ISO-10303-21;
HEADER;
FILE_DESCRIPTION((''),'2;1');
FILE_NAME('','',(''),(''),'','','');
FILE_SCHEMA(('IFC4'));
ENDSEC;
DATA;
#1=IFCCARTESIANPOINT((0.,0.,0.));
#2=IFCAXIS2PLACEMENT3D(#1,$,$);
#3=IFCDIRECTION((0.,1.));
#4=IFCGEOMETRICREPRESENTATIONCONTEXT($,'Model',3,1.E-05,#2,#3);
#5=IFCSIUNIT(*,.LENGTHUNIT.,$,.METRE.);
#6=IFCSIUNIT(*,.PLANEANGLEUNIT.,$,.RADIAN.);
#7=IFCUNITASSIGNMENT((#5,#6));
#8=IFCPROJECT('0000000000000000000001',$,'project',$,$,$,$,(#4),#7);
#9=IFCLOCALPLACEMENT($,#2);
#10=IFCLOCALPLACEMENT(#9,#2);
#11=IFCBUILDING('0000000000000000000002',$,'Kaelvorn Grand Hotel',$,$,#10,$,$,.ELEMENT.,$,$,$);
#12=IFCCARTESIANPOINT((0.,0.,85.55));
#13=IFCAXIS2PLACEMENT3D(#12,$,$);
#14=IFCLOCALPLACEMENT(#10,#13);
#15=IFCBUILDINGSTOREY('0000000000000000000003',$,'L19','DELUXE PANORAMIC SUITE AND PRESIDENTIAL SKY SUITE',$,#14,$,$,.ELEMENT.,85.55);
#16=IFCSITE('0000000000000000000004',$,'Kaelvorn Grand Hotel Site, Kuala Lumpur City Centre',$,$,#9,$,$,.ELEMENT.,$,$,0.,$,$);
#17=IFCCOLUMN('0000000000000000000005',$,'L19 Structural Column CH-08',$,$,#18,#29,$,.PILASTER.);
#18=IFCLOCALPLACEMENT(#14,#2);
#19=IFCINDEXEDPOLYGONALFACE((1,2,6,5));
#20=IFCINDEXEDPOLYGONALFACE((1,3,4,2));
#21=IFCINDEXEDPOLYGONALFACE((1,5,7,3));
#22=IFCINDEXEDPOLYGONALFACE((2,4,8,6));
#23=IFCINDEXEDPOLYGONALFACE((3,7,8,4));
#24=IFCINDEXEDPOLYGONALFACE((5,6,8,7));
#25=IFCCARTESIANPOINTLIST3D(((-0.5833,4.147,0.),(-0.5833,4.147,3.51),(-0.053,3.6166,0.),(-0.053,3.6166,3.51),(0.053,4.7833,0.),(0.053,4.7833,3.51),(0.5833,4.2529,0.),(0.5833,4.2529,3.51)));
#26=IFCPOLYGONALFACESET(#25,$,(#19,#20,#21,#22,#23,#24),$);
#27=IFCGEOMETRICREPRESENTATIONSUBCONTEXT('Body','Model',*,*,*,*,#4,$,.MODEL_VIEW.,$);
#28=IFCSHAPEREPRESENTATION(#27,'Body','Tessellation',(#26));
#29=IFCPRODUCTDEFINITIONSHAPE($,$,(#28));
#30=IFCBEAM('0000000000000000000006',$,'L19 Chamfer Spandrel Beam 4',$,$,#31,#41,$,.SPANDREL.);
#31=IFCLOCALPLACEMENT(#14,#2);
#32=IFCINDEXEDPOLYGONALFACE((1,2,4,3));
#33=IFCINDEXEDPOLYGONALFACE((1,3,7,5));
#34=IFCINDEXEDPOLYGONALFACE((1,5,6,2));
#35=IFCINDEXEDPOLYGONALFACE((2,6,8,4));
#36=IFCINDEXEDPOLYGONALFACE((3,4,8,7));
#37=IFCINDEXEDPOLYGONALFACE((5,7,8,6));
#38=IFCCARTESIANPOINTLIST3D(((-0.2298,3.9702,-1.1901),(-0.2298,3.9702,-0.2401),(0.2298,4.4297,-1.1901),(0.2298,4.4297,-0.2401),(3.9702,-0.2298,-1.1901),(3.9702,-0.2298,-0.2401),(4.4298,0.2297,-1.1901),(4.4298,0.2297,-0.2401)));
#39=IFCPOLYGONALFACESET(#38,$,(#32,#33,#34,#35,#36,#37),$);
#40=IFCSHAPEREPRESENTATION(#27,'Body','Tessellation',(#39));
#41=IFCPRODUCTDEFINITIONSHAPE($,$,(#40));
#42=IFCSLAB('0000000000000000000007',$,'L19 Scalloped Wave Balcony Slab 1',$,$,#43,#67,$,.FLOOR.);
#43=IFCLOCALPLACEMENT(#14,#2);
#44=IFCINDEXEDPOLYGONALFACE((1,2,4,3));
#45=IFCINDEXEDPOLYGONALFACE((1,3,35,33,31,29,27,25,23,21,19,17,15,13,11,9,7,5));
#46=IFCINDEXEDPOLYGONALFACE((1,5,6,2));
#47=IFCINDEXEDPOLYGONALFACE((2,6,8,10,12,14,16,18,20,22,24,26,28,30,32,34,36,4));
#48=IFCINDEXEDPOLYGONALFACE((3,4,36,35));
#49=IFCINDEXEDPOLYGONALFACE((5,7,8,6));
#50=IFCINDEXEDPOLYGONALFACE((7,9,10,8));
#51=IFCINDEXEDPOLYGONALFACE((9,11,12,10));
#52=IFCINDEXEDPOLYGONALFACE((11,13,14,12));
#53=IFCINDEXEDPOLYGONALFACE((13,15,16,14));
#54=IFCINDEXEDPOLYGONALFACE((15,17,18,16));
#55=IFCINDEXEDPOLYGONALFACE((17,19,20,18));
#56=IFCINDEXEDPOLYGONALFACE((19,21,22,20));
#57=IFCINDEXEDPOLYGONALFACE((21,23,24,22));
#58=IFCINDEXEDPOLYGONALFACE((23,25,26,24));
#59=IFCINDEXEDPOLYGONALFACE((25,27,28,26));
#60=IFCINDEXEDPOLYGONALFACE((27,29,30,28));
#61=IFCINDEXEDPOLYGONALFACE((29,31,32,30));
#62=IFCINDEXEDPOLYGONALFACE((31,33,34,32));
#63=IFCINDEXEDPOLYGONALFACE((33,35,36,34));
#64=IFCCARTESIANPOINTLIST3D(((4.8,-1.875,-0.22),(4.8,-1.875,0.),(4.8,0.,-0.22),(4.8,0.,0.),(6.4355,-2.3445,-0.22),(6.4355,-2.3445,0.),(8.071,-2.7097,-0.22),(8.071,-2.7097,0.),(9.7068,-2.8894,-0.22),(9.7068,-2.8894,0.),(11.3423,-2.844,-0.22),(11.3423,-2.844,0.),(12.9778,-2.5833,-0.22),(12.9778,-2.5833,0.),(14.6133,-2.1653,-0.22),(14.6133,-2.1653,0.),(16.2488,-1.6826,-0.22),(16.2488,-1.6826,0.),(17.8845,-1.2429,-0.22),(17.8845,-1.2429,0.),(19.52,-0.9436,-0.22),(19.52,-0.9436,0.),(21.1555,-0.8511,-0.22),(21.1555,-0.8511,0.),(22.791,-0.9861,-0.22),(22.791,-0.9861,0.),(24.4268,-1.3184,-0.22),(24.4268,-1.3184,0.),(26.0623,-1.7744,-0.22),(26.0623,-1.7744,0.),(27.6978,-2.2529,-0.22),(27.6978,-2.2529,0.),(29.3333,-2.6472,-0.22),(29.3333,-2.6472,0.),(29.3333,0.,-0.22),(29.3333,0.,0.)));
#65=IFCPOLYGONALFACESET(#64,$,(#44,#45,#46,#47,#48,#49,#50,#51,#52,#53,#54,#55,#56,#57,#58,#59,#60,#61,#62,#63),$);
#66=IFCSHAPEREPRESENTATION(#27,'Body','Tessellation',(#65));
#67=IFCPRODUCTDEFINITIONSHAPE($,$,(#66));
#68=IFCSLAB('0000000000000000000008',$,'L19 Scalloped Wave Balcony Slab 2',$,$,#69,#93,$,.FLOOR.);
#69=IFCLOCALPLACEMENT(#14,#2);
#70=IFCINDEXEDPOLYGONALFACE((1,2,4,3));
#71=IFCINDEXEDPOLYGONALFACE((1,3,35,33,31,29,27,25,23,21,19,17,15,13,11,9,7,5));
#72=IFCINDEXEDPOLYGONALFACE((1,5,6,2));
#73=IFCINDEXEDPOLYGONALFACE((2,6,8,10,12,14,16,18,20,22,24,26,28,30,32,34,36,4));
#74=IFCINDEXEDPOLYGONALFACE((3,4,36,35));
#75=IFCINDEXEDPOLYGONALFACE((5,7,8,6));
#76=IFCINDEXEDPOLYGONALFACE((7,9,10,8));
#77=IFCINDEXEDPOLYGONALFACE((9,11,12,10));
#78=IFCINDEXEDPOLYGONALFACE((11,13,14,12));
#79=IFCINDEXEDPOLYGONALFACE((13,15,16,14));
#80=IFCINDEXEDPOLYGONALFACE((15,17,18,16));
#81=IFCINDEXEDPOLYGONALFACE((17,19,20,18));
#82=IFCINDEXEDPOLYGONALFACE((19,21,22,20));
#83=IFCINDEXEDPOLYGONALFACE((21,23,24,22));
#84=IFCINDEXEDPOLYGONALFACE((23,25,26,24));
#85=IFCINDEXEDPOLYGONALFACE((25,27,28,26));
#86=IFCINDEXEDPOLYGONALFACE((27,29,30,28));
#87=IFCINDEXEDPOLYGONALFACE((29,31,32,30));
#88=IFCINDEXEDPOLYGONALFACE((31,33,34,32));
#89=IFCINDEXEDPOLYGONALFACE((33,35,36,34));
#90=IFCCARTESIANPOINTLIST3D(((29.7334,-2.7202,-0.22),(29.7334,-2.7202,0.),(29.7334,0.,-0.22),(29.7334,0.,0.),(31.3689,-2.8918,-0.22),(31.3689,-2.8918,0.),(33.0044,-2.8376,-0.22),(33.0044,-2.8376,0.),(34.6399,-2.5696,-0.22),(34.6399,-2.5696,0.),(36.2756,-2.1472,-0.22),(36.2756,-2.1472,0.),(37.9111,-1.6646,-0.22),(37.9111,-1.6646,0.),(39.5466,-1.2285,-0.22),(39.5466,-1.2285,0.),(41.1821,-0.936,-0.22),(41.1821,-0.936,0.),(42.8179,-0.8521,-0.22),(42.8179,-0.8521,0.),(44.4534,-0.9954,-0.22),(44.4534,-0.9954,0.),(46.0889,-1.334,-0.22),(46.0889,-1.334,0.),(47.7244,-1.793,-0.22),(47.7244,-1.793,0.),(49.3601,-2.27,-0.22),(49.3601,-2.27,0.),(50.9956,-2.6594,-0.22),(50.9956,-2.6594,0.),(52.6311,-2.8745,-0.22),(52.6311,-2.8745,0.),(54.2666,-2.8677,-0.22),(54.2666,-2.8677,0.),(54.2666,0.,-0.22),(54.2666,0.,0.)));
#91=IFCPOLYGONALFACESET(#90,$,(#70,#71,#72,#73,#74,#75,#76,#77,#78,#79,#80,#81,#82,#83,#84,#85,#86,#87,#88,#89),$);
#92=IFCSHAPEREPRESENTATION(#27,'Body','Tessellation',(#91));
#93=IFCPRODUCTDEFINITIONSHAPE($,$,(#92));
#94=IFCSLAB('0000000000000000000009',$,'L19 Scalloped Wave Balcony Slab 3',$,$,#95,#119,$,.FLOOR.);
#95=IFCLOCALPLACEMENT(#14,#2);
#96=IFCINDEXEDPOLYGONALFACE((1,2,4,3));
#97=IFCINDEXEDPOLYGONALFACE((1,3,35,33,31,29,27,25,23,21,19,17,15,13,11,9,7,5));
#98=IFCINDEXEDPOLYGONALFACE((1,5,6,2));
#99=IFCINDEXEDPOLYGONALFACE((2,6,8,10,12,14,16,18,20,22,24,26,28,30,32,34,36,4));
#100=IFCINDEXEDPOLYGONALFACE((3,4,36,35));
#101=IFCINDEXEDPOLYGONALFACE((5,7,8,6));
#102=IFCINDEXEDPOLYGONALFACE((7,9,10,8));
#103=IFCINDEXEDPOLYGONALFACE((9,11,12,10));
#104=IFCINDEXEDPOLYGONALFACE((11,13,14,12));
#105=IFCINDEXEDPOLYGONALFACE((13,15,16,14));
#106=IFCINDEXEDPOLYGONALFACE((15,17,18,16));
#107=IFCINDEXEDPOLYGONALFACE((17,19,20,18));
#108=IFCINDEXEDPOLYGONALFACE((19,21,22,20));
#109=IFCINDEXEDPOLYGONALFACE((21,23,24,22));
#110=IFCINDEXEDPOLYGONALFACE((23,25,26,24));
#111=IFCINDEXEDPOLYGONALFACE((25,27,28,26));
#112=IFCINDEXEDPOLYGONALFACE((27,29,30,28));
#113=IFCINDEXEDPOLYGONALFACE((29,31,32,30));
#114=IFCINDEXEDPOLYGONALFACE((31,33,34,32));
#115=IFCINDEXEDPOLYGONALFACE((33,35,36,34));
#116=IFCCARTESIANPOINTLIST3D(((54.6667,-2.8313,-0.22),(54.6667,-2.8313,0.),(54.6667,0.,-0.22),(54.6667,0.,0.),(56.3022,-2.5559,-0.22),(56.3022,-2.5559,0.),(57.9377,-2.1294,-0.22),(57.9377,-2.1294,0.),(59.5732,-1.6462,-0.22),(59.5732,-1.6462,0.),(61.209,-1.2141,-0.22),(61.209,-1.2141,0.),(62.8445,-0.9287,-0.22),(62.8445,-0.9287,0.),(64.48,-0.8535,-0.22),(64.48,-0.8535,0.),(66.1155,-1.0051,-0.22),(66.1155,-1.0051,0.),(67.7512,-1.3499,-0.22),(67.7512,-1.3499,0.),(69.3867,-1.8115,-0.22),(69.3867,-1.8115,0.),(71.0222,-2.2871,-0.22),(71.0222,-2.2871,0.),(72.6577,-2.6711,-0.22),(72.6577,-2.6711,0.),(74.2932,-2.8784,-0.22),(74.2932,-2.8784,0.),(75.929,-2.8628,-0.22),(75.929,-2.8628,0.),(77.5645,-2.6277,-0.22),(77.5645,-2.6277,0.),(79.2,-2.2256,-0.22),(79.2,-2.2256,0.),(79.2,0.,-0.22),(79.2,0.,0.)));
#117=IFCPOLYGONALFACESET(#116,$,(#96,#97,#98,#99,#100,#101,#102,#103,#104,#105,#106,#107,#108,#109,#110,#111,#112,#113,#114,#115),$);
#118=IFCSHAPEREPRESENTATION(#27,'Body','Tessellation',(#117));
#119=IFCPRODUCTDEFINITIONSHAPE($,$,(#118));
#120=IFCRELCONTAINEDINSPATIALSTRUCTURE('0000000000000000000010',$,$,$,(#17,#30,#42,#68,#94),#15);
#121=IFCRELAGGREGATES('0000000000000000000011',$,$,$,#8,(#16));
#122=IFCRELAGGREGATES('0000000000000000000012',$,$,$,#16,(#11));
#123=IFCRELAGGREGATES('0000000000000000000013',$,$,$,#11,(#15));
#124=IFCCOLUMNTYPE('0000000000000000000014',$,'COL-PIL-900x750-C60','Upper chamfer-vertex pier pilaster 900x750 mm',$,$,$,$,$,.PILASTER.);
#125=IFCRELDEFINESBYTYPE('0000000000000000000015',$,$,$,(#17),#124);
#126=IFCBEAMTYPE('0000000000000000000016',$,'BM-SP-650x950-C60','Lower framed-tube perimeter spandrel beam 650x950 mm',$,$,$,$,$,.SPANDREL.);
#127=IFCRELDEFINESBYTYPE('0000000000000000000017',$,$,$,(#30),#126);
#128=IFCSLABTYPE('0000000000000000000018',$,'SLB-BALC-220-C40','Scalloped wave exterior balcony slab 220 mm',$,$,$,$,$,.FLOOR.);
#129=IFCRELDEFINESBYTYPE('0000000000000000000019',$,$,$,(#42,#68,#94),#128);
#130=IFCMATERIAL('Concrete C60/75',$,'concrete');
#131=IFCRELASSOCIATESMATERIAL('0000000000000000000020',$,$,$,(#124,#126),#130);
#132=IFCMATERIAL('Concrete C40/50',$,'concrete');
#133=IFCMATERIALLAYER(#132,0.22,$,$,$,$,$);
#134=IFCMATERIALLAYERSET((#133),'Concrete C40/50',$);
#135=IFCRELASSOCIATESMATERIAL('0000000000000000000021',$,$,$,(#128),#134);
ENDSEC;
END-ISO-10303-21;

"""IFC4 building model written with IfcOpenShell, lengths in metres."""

from ifc_helpers import new_model, si_unit, direction, frame, origin, origin_2d, place, context, subcontext, project, spatial, polyline, rectangle, outline, extrude, material, layer, layer_set, material_profile, profile_set, type_object, element, save


model = new_model("IFC4")

# Units and contexts
model_context = context("Model", 3, precision=1e-05, world=origin(), true_north=direction((0.0, 1.0)))
body_context = subcontext(model_context, "Body", "Model", "MODEL_VIEW")
ifc_project = project(units=[si_unit("LENGTHUNIT", "METRE"), si_unit("PLANEANGLEUNIT", "RADIAN")], contexts=[model_context])

# Site, building, storey
site_placement = place(None, origin())
site = spatial("IfcSite", under=ifc_project, at=site_placement, Name="Kaelvorn Grand Hotel Site, Kuala Lumpur City Centre", CompositionType="ELEMENT", RefElevation=0.0)
building_placement = place(site_placement, origin())
building = spatial("IfcBuilding", under=site, at=building_placement, Name="Kaelvorn Grand Hotel", CompositionType="ELEMENT")
storey_placement = place(building_placement, frame((0.0, 0.0, 85.55)))
storey = spatial("IfcBuildingStorey", under=building, at=storey_placement, Name="L19", Description="DELUXE PANORAMIC SUITE AND PRESIDENTIAL SKY SUITE", CompositionType="ELEMENT", Elevation=85.55)

# Column
ifc_material_1 = material(Name="Concrete C60/75", Category="concrete")
ifc_material_profile_1 = material_profile(ifc_material_1, rectangle(XDim=0.8999, YDim=0.75, at=origin_2d()), Name="RC PILASTER 900x750")
ifc_profile_set_1 = profile_set([ifc_material_profile_1], Name="Concrete C60/75")
column_type = type_object("IfcColumnType", Name="COL-PIL-900x750-C60", Description="Upper chamfer-vertex pier pilaster 900x750 mm", PredefinedType="PILASTER", material=ifc_profile_set_1)
column_placement = place(storey_placement, frame((0.0, 4.2, 0.0), z_axis=(0.0, 0.0, 1.0), x_axis=(0.707107, 0.707107, 0.0)))
element("IfcColumn", 1, at=column_placement, inside=storey, type_object=column_type, Name="L19 Structural Column CH-08", PredefinedType="PILASTER", context=body_context, shape_type="SweptSolid", body=[
    extrude(rectangle(XDim=0.8999, YDim=0.75, at=origin_2d()), origin(), (0.0, 0.0, 1.0), 3.51),
])

# Beam
ifc_material_profile_2 = material_profile(ifc_material_1, rectangle(XDim=0.6499, YDim=0.95, at=origin_2d()), Name="RC SPANDREL 650x950")
ifc_profile_set_2 = profile_set([ifc_material_profile_2], Name="Concrete C60/75")
beam_type = type_object("IfcBeamType", Name="BM-SP-650x950-C60", Description="Lower framed-tube perimeter spandrel beam 650x950 mm", PredefinedType="SPANDREL", material=ifc_profile_set_2)
beam_placement = place(storey_placement, frame((0.0, 4.2, -0.7151), z_axis=(0.707107, -0.707107, 0.0), x_axis=(0.707107, 0.707107, 0.0)))
element("IfcBeam", 2, at=beam_placement, inside=storey, type_object=beam_type, Name="L19 Chamfer Spandrel Beam 4", PredefinedType="SPANDREL", context=body_context, shape_type="SweptSolid", body=[
    extrude(rectangle(XDim=0.6499, YDim=0.95, at=origin_2d()), origin(), (0.0, 0.0, 1.0), 5.9397),
])

# Slabs
ifc_material_2 = material(Name="Concrete C40/50", Category="concrete")
ifc_layer_1 = layer(ifc_material_2, 0.22)
ifc_layer_set_1 = layer_set([ifc_layer_1], Name="Concrete C40/50")
slab_type_1 = type_object("IfcSlabType", Name="SLB-BALC-220-C40", Description="Scalloped wave exterior balcony slab 220 mm", PredefinedType="FLOOR", material=ifc_layer_set_1)
slab_1_placement = place(storey_placement, frame((0.0, 0.0, -0.22)))
element("IfcSlab", 3, at=slab_1_placement, inside=storey, type_object=slab_type_1, Name="L19 Scalloped Wave Balcony Slab 1", PredefinedType="FLOOR", context=body_context, shape_type="SweptSolid", body=[
    extrude(outline(polyline([(4.8, -1.875), (6.4355, -2.3445), (8.071, -2.7097), (9.7068, -2.8894), (11.3423, -2.844), (12.9778, -2.5833), (14.6133, -2.1653), (16.2488, -1.6826), (17.8845, -1.2429), (19.52, -0.9436), (21.1555, -0.8511), (22.791, -0.9861), (24.4268, -1.3184), (26.0623, -1.7744), (27.6978, -2.2529), (29.3333, -2.6472), (29.3333, 0.0), (4.8, 0.0), (4.8, -1.875)])), origin(), (0.0, 0.0, 1.0), 0.22),
])
slab_2_placement = place(storey_placement, frame((0.0, 0.0, -0.22)))
element("IfcSlab", 4, at=slab_2_placement, inside=storey, type_object=slab_type_1, Name="L19 Scalloped Wave Balcony Slab 2", PredefinedType="FLOOR", context=body_context, shape_type="SweptSolid", body=[
    extrude(outline(polyline([(29.7334, -2.7202), (31.3689, -2.8918), (33.0044, -2.8376), (34.6399, -2.5696), (36.2756, -2.1472), (37.9111, -1.6646), (39.5466, -1.2285), (41.1821, -0.936), (42.8179, -0.8521), (44.4534, -0.9954), (46.0889, -1.334), (47.7244, -1.793), (49.3601, -2.27), (50.9956, -2.6594), (52.6311, -2.8745), (54.2666, -2.8677), (54.2666, 0.0), (29.7334, 0.0), (29.7334, -2.7202)])), origin(), (0.0, 0.0, 1.0), 0.22),
])
slab_3_placement = place(storey_placement, frame((0.0, 0.0, -0.22)))
element("IfcSlab", 5, at=slab_3_placement, inside=storey, type_object=slab_type_1, Name="L19 Scalloped Wave Balcony Slab 3", PredefinedType="FLOOR", context=body_context, shape_type="SweptSolid", body=[
    extrude(outline(polyline([(54.6667, -2.8313), (56.3022, -2.5559), (57.9377, -2.1294), (59.5732, -1.6462), (61.209, -1.2141), (62.8445, -0.9287), (64.48, -0.8535), (66.1155, -1.0051), (67.7512, -1.3499), (69.3867, -1.8115), (71.0222, -2.2871), (72.6577, -2.6711), (74.2932, -2.8784), (75.929, -2.8628), (77.5645, -2.6277), (79.2, -2.2256), (79.2, 0.0), (54.6667, 0.0), (54.6667, -2.8313)])), origin(), (0.0, 0.0, 1.0), 0.22),
])

save(model, "model.ifc")
